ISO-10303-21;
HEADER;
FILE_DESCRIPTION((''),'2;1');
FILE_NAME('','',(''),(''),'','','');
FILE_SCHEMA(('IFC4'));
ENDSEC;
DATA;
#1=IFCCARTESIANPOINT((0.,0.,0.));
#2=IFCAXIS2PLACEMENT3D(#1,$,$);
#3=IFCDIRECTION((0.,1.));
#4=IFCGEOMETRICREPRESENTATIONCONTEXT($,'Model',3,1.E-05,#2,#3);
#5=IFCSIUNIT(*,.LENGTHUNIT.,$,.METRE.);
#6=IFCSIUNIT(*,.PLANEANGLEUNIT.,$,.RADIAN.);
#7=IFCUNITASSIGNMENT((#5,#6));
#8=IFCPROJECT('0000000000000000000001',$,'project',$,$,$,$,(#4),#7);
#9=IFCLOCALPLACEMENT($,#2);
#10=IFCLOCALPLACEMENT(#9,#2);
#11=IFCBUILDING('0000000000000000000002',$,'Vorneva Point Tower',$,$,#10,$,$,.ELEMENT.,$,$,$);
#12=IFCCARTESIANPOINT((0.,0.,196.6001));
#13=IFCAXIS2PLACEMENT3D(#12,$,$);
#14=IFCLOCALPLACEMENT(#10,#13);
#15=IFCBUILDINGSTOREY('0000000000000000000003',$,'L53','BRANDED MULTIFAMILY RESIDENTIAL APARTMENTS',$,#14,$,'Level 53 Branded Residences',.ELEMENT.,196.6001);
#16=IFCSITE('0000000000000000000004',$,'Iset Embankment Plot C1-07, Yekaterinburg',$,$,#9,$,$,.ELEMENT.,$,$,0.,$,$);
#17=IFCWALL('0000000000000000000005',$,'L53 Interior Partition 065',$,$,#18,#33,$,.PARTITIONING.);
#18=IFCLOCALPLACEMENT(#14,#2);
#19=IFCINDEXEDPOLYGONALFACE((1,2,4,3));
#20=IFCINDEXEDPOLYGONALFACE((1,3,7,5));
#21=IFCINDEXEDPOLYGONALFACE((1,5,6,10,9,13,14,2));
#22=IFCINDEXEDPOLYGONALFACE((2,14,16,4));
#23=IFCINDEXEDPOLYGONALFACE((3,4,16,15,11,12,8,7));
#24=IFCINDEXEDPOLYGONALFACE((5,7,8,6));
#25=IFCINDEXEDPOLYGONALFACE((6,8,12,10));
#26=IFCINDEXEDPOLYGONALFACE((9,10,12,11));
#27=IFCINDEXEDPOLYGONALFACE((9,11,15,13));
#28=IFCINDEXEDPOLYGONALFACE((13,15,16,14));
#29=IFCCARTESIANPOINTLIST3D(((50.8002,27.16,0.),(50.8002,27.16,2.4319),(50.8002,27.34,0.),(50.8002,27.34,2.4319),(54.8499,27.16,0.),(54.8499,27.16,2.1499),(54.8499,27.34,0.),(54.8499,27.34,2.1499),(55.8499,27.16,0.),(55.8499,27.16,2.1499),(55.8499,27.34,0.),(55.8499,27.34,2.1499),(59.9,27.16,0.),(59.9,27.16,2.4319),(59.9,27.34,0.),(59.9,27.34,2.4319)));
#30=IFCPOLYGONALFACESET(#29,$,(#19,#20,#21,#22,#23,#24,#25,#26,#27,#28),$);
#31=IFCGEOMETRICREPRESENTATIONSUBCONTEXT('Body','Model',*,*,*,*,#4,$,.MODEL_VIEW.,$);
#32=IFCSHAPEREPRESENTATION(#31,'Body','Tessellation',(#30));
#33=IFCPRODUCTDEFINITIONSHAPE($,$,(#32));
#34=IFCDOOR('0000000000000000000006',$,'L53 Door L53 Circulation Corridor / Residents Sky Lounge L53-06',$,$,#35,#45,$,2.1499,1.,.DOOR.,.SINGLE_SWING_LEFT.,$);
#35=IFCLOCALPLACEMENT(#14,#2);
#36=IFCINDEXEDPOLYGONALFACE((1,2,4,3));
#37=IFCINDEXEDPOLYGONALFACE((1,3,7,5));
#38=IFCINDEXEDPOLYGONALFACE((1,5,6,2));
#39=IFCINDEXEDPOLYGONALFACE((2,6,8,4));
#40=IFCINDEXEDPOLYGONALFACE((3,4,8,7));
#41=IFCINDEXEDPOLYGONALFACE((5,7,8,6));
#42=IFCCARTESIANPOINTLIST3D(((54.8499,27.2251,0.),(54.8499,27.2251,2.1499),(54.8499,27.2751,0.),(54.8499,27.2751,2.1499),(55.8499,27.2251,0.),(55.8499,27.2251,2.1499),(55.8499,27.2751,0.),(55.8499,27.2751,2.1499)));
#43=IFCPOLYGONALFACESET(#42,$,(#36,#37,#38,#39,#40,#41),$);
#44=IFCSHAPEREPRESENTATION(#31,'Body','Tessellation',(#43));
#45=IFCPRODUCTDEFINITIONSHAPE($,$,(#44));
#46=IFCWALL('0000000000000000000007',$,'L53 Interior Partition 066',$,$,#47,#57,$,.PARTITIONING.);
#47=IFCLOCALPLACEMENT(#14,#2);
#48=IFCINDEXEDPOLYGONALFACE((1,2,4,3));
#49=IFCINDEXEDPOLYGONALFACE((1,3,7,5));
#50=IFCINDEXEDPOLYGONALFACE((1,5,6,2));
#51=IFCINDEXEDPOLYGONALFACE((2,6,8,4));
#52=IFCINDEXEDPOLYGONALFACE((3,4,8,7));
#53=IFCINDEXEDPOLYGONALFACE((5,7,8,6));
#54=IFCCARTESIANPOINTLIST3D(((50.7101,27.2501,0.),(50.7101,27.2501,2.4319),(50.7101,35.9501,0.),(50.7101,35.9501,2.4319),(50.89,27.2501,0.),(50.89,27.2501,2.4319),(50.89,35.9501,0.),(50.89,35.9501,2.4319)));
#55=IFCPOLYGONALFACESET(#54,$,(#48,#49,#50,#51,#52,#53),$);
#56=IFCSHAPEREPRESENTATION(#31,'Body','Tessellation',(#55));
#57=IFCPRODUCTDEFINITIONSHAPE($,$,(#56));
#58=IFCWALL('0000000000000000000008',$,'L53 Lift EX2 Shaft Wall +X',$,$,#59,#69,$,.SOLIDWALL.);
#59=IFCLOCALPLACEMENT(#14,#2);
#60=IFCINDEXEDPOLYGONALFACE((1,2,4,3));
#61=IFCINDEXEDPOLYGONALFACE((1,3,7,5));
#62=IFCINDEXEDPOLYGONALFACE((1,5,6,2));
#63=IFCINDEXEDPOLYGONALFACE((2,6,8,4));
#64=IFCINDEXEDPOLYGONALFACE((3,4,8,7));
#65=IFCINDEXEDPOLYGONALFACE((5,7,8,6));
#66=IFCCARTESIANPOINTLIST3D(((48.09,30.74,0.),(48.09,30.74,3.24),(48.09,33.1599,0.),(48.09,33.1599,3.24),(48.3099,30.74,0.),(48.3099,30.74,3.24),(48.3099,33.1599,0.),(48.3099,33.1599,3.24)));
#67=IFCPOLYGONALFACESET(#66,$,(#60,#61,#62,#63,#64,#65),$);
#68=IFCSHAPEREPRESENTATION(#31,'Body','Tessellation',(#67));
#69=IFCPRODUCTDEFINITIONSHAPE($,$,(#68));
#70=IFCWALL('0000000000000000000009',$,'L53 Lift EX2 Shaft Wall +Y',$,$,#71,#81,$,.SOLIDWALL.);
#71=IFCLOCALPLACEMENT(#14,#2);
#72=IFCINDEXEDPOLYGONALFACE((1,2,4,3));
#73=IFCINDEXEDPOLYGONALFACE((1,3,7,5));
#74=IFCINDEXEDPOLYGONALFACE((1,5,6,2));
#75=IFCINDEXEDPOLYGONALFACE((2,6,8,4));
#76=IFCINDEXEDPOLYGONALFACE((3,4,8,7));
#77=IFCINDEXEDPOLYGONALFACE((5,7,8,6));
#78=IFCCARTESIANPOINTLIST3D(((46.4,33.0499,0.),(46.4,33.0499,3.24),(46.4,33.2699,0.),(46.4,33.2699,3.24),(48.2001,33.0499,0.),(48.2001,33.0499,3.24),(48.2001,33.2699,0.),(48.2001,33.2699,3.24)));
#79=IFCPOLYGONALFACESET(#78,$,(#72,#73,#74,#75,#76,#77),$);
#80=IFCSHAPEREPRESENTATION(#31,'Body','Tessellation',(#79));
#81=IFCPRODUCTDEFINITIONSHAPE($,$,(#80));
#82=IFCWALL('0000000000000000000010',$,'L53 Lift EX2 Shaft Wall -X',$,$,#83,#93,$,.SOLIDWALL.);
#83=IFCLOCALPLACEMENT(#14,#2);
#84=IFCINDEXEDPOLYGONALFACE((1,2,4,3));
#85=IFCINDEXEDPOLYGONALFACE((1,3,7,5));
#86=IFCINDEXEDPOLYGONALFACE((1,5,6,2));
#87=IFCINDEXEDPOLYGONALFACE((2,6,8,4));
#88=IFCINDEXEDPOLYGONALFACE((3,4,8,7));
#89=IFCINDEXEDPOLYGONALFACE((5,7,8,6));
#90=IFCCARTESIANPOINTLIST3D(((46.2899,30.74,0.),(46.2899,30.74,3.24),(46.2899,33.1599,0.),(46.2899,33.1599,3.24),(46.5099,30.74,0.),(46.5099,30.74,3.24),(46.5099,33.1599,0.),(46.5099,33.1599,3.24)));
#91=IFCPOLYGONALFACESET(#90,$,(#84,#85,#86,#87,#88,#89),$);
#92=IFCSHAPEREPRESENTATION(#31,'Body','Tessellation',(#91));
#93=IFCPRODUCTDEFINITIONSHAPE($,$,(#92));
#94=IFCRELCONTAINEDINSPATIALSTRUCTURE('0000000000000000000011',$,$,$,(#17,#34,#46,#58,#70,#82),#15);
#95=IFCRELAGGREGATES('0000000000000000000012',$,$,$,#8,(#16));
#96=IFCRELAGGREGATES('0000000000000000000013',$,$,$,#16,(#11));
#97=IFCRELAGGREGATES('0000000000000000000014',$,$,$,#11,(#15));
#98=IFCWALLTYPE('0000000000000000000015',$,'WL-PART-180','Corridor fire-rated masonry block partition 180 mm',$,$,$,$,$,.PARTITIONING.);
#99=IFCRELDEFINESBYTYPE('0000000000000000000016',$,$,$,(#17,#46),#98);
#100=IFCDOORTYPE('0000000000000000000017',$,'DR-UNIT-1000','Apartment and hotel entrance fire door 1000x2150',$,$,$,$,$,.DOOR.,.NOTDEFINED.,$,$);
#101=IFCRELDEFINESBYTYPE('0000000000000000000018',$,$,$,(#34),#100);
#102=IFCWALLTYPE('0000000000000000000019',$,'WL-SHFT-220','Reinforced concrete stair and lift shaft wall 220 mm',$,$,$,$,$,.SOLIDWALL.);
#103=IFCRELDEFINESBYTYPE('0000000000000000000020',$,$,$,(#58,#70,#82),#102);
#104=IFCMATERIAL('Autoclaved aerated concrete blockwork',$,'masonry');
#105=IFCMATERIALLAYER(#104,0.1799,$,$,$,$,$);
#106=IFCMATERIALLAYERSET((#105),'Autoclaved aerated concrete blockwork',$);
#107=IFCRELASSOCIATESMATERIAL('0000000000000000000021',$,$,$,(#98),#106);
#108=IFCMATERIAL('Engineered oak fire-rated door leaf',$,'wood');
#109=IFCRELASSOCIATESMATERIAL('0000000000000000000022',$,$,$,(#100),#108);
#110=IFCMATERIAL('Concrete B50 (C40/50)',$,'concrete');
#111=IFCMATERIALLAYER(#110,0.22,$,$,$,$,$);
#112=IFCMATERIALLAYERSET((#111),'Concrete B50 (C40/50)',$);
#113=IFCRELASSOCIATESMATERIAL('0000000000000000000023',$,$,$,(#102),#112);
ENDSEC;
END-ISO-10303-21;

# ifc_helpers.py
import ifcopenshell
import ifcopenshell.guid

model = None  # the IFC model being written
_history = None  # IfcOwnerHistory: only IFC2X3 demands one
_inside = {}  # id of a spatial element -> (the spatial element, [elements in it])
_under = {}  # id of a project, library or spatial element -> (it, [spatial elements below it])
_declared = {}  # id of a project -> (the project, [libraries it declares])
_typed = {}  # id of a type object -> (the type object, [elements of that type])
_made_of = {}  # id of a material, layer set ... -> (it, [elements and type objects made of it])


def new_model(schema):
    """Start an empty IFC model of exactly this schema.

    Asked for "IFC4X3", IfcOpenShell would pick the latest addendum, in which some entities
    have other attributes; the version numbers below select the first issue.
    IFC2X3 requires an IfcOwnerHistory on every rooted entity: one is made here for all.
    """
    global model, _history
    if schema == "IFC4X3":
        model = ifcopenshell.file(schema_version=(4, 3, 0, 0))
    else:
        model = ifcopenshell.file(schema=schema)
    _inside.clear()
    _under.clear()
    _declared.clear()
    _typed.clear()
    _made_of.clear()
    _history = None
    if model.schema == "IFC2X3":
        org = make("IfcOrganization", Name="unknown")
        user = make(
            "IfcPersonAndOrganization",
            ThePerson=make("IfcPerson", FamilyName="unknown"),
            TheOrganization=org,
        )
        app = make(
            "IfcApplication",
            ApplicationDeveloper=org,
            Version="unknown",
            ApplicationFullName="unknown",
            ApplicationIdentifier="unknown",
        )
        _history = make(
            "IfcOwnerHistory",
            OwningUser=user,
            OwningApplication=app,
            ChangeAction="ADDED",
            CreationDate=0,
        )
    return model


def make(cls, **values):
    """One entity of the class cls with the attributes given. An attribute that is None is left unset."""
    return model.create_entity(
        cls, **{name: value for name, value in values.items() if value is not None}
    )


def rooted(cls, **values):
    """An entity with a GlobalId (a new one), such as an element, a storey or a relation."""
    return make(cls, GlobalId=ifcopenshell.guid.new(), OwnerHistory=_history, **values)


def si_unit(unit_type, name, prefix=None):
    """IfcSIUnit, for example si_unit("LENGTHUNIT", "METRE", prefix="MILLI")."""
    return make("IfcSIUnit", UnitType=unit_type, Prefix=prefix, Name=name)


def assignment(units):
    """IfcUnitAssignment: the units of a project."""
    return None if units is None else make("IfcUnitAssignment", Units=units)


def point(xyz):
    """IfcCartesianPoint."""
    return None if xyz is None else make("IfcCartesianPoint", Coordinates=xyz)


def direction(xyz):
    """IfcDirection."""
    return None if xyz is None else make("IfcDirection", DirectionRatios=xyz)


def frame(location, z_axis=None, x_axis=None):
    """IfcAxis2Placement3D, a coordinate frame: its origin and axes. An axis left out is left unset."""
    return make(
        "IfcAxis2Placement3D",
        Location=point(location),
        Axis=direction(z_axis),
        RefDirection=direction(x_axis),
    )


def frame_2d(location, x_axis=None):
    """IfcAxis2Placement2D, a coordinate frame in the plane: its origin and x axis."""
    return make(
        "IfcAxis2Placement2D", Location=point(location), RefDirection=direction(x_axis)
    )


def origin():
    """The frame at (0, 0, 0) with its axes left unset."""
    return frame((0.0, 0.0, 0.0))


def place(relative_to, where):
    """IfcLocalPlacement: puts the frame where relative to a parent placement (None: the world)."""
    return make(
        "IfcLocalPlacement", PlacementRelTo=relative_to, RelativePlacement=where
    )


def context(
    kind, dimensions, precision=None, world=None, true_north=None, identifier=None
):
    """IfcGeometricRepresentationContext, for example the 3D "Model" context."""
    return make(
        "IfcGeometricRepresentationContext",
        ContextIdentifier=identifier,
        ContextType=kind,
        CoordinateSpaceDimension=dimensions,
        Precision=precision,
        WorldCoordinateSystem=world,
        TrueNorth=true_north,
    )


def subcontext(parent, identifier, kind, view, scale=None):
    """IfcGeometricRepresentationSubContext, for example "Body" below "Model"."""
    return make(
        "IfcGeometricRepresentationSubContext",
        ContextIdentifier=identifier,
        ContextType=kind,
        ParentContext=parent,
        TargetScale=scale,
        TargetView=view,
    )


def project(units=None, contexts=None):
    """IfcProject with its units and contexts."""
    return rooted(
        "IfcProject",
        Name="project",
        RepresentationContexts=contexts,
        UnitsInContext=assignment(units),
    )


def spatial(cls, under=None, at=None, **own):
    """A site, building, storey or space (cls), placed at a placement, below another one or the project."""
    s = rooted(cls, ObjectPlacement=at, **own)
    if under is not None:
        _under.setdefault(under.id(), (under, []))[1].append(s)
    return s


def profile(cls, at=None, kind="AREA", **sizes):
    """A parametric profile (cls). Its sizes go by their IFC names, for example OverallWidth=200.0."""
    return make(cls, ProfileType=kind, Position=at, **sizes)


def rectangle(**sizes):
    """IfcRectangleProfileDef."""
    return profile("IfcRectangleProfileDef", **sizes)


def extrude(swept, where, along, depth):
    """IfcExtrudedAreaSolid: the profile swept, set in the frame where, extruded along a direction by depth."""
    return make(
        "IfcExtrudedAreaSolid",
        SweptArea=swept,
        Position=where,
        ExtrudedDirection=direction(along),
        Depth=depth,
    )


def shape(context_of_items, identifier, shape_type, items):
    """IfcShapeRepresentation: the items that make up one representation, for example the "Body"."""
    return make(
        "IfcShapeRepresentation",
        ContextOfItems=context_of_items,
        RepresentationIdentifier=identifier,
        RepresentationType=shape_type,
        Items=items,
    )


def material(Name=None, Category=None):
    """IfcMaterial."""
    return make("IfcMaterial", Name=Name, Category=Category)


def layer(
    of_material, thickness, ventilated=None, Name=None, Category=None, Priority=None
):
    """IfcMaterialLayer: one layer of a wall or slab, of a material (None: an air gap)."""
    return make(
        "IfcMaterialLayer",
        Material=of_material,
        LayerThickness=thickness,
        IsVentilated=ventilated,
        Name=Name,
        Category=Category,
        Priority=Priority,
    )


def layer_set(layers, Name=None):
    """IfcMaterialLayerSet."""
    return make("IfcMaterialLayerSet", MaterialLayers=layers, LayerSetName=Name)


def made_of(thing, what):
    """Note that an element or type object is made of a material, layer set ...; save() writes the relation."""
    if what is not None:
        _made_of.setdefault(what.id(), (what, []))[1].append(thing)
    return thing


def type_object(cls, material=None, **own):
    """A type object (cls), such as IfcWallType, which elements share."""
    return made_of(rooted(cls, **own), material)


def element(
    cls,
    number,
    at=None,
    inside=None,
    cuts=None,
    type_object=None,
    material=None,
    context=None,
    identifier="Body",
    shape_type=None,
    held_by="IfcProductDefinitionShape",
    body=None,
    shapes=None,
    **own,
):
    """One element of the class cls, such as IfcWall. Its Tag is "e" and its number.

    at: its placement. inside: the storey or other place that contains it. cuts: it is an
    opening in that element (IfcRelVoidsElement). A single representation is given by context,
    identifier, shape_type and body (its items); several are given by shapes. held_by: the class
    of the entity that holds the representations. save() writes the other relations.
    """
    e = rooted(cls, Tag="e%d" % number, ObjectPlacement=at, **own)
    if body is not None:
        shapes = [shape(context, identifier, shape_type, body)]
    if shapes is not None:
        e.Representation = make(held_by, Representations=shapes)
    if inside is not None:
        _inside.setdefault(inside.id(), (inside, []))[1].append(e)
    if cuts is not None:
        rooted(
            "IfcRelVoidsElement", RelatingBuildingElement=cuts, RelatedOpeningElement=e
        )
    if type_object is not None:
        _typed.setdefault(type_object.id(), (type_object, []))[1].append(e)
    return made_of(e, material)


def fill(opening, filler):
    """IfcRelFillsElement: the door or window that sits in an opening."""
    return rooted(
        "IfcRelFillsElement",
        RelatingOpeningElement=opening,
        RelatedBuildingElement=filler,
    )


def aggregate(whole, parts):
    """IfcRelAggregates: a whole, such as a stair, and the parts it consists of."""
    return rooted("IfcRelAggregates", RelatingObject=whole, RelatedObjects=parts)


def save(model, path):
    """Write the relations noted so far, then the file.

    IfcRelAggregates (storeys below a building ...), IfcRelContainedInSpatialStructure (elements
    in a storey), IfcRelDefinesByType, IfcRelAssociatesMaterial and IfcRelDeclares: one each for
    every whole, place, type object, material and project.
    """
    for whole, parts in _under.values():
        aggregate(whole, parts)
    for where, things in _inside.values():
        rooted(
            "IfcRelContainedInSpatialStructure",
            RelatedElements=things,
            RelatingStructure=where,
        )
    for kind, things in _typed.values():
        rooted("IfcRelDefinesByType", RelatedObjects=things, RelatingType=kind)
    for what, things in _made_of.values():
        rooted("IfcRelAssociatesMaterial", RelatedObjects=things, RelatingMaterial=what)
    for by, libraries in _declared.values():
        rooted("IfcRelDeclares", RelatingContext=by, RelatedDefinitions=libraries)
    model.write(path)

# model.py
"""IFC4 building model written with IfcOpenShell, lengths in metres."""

from ifc_helpers import new_model, si_unit, direction, frame, frame_2d, origin, place, context, subcontext, project, spatial, rectangle, extrude, material, layer, layer_set, type_object, element, fill, save


model = new_model("IFC4")

# Units and contexts
model_context = context("Model", 3, precision=1e-05, world=origin(), true_north=direction((0.0, 1.0)))
body_context = subcontext(model_context, "Body", "Model", "MODEL_VIEW")
ifc_project = project(units=[si_unit("LENGTHUNIT", "METRE"), si_unit("PLANEANGLEUNIT", "RADIAN")], contexts=[model_context])

# Site, building, storey
site_placement = place(None, origin())
site = spatial("IfcSite", under=ifc_project, at=site_placement, Name="Iset Embankment Plot C1-07, Yekaterinburg", CompositionType="ELEMENT", RefElevation=0.0)
building_placement = place(site_placement, origin())
building = spatial("IfcBuilding", under=site, at=building_placement, Name="Vorneva Point Tower", CompositionType="ELEMENT")
storey_placement = place(building_placement, frame((0.0, 0.0, 196.6001)))
storey = spatial("IfcBuildingStorey", under=building, at=storey_placement, Name="L53", Description="BRANDED MULTIFAMILY RESIDENTIAL APARTMENTS", LongName="Level 53 Branded Residences", CompositionType="ELEMENT", Elevation=196.6001)

# Shared definitions
ifc_material_1 = material(Name="Concrete B50 (C40/50)", Category="concrete")

# Wall, opening, door
ifc_material_2 = material(Name="Autoclaved aerated concrete blockwork", Category="masonry")
ifc_layer_1 = layer(ifc_material_2, 0.1799)
ifc_layer_set_1 = layer_set([ifc_layer_1], Name="Autoclaved aerated concrete blockwork")
wall_type_1 = type_object("IfcWallType", Name="WL-PART-180", Description="Corridor fire-rated masonry block partition 180 mm", PredefinedType="PARTITIONING", material=ifc_layer_set_1)
wall_1_placement = place(storey_placement, frame((59.8999, 27.25, 0.0), z_axis=(0.0, 0.0, 1.0), x_axis=(-1.0, 0.0, 0.0)))
wall_1 = element("IfcWall", 1, at=wall_1_placement, inside=storey, type_object=wall_type_1, Name="L53 Interior Partition 065", PredefinedType="PARTITIONING", context=body_context, shape_type="SweptSolid", body=[
    extrude(rectangle(XDim=9.0999, YDim=0.1799, at=frame_2d((4.5498, 0.0))), origin(), (0.0, 0.0, 1.0), 2.4319),
])
opening_placement = place(wall_1_placement, frame((4.05, 0.0, 0.0)))
opening = element("IfcOpeningElement", 2, at=opening_placement, cuts=wall_1, PredefinedType="OPENING", context=body_context, shape_type="SweptSolid", body=[
    extrude(rectangle(XDim=1.0, YDim=2.1499, at=frame_2d((0.5, 1.075))), frame((0.0, 0.105, 0.0), z_axis=(0.0, -1.0, 0.0), x_axis=(1.0, 0.0, 0.0)), (0.0, 0.0, 1.0), 0.2097),
])
ifc_material_3 = material(Name="Engineered oak fire-rated door leaf", Category="wood")
door_type = type_object("IfcDoorType", Name="DR-UNIT-1000", Description="Apartment and hotel entrance fire door 1000x2150", OperationType="NOTDEFINED", PredefinedType="DOOR", material=ifc_material_3)
door_placement = place(opening_placement, origin())
door = element("IfcDoor", 3, at=door_placement, inside=storey, type_object=door_type, Name="L53 Door L53 Circulation Corridor / Residents Sky Lounge L53-06", OperationType="SINGLE_SWING_LEFT", OverallHeight=2.1499, OverallWidth=1.0, PredefinedType="DOOR", context=body_context, shape_type="SweptSolid", body=[
    extrude(rectangle(XDim=1.0, YDim=2.1499, at=frame_2d((0.5, 1.075))), frame((0.0, 0.0249, 0.0), z_axis=(0.0, -1.0, 0.0), x_axis=(1.0, 0.0, 0.0)), (0.0, 0.0, 1.0), 0.05),
])
fill(opening, door)

# Walls
wall_2_placement = place(storey_placement, frame((50.8, 27.25, 0.0), z_axis=(0.0, 0.0, 1.0), x_axis=(0.0, 1.0, 0.0)))
element("IfcWall", 4, at=wall_2_placement, inside=storey, type_object=wall_type_1, Name="L53 Interior Partition 066", PredefinedType="PARTITIONING", context=body_context, shape_type="SweptSolid", body=[
    extrude(rectangle(XDim=8.7, YDim=0.1799, at=frame_2d((4.3501, 0.0))), origin(), (0.0, 0.0, 1.0), 2.4319),
])
ifc_layer_2 = layer(ifc_material_1, 0.22)
ifc_layer_set_2 = layer_set([ifc_layer_2], Name="Concrete B50 (C40/50)")
wall_type_2 = type_object("IfcWallType", Name="WL-SHFT-220", Description="Reinforced concrete stair and lift shaft wall 220 mm", PredefinedType="SOLIDWALL", material=ifc_layer_set_2)
wall_3_placement = place(storey_placement, frame((48.2, 30.74, 0.0), z_axis=(0.0, 0.0, 1.0), x_axis=(0.0, 1.0, 0.0)))
element("IfcWall", 5, at=wall_3_placement, inside=storey, type_object=wall_type_2, Name="L53 Lift EX2 Shaft Wall +X", PredefinedType="SOLIDWALL", context=body_context, shape_type="SweptSolid", body=[
    extrude(rectangle(XDim=2.4199, YDim=0.22, at=frame_2d((1.21, 0.0))), origin(), (0.0, 0.0, 1.0), 3.24),
])
wall_4_placement = place(storey_placement, frame((48.2, 33.1599, 0.0), z_axis=(0.0, 0.0, 1.0), x_axis=(-1.0, 0.0, 0.0)))
element("IfcWall", 6, at=wall_4_placement, inside=storey, type_object=wall_type_2, Name="L53 Lift EX2 Shaft Wall +Y", PredefinedType="SOLIDWALL", context=body_context, shape_type="SweptSolid", body=[
    extrude(rectangle(XDim=1.8, YDim=0.22, at=frame_2d((0.8999, 0.0))), origin(), (0.0, 0.0, 1.0), 3.24),
])
wall_5_placement = place(storey_placement, frame((46.3999, 33.1599, 0.0), z_axis=(0.0, 0.0, 1.0), x_axis=(0.0, -1.0, 0.0)))
element("IfcWall", 7, at=wall_5_placement, inside=storey, type_object=wall_type_2, Name="L53 Lift EX2 Shaft Wall -X", PredefinedType="SOLIDWALL", context=body_context, shape_type="SweptSolid", body=[
    extrude(rectangle(XDim=2.4199, YDim=0.22, at=frame_2d((1.21, 0.0))), origin(), (0.0, 0.0, 1.0), 3.24),
])

save(model, "model.ifc")
